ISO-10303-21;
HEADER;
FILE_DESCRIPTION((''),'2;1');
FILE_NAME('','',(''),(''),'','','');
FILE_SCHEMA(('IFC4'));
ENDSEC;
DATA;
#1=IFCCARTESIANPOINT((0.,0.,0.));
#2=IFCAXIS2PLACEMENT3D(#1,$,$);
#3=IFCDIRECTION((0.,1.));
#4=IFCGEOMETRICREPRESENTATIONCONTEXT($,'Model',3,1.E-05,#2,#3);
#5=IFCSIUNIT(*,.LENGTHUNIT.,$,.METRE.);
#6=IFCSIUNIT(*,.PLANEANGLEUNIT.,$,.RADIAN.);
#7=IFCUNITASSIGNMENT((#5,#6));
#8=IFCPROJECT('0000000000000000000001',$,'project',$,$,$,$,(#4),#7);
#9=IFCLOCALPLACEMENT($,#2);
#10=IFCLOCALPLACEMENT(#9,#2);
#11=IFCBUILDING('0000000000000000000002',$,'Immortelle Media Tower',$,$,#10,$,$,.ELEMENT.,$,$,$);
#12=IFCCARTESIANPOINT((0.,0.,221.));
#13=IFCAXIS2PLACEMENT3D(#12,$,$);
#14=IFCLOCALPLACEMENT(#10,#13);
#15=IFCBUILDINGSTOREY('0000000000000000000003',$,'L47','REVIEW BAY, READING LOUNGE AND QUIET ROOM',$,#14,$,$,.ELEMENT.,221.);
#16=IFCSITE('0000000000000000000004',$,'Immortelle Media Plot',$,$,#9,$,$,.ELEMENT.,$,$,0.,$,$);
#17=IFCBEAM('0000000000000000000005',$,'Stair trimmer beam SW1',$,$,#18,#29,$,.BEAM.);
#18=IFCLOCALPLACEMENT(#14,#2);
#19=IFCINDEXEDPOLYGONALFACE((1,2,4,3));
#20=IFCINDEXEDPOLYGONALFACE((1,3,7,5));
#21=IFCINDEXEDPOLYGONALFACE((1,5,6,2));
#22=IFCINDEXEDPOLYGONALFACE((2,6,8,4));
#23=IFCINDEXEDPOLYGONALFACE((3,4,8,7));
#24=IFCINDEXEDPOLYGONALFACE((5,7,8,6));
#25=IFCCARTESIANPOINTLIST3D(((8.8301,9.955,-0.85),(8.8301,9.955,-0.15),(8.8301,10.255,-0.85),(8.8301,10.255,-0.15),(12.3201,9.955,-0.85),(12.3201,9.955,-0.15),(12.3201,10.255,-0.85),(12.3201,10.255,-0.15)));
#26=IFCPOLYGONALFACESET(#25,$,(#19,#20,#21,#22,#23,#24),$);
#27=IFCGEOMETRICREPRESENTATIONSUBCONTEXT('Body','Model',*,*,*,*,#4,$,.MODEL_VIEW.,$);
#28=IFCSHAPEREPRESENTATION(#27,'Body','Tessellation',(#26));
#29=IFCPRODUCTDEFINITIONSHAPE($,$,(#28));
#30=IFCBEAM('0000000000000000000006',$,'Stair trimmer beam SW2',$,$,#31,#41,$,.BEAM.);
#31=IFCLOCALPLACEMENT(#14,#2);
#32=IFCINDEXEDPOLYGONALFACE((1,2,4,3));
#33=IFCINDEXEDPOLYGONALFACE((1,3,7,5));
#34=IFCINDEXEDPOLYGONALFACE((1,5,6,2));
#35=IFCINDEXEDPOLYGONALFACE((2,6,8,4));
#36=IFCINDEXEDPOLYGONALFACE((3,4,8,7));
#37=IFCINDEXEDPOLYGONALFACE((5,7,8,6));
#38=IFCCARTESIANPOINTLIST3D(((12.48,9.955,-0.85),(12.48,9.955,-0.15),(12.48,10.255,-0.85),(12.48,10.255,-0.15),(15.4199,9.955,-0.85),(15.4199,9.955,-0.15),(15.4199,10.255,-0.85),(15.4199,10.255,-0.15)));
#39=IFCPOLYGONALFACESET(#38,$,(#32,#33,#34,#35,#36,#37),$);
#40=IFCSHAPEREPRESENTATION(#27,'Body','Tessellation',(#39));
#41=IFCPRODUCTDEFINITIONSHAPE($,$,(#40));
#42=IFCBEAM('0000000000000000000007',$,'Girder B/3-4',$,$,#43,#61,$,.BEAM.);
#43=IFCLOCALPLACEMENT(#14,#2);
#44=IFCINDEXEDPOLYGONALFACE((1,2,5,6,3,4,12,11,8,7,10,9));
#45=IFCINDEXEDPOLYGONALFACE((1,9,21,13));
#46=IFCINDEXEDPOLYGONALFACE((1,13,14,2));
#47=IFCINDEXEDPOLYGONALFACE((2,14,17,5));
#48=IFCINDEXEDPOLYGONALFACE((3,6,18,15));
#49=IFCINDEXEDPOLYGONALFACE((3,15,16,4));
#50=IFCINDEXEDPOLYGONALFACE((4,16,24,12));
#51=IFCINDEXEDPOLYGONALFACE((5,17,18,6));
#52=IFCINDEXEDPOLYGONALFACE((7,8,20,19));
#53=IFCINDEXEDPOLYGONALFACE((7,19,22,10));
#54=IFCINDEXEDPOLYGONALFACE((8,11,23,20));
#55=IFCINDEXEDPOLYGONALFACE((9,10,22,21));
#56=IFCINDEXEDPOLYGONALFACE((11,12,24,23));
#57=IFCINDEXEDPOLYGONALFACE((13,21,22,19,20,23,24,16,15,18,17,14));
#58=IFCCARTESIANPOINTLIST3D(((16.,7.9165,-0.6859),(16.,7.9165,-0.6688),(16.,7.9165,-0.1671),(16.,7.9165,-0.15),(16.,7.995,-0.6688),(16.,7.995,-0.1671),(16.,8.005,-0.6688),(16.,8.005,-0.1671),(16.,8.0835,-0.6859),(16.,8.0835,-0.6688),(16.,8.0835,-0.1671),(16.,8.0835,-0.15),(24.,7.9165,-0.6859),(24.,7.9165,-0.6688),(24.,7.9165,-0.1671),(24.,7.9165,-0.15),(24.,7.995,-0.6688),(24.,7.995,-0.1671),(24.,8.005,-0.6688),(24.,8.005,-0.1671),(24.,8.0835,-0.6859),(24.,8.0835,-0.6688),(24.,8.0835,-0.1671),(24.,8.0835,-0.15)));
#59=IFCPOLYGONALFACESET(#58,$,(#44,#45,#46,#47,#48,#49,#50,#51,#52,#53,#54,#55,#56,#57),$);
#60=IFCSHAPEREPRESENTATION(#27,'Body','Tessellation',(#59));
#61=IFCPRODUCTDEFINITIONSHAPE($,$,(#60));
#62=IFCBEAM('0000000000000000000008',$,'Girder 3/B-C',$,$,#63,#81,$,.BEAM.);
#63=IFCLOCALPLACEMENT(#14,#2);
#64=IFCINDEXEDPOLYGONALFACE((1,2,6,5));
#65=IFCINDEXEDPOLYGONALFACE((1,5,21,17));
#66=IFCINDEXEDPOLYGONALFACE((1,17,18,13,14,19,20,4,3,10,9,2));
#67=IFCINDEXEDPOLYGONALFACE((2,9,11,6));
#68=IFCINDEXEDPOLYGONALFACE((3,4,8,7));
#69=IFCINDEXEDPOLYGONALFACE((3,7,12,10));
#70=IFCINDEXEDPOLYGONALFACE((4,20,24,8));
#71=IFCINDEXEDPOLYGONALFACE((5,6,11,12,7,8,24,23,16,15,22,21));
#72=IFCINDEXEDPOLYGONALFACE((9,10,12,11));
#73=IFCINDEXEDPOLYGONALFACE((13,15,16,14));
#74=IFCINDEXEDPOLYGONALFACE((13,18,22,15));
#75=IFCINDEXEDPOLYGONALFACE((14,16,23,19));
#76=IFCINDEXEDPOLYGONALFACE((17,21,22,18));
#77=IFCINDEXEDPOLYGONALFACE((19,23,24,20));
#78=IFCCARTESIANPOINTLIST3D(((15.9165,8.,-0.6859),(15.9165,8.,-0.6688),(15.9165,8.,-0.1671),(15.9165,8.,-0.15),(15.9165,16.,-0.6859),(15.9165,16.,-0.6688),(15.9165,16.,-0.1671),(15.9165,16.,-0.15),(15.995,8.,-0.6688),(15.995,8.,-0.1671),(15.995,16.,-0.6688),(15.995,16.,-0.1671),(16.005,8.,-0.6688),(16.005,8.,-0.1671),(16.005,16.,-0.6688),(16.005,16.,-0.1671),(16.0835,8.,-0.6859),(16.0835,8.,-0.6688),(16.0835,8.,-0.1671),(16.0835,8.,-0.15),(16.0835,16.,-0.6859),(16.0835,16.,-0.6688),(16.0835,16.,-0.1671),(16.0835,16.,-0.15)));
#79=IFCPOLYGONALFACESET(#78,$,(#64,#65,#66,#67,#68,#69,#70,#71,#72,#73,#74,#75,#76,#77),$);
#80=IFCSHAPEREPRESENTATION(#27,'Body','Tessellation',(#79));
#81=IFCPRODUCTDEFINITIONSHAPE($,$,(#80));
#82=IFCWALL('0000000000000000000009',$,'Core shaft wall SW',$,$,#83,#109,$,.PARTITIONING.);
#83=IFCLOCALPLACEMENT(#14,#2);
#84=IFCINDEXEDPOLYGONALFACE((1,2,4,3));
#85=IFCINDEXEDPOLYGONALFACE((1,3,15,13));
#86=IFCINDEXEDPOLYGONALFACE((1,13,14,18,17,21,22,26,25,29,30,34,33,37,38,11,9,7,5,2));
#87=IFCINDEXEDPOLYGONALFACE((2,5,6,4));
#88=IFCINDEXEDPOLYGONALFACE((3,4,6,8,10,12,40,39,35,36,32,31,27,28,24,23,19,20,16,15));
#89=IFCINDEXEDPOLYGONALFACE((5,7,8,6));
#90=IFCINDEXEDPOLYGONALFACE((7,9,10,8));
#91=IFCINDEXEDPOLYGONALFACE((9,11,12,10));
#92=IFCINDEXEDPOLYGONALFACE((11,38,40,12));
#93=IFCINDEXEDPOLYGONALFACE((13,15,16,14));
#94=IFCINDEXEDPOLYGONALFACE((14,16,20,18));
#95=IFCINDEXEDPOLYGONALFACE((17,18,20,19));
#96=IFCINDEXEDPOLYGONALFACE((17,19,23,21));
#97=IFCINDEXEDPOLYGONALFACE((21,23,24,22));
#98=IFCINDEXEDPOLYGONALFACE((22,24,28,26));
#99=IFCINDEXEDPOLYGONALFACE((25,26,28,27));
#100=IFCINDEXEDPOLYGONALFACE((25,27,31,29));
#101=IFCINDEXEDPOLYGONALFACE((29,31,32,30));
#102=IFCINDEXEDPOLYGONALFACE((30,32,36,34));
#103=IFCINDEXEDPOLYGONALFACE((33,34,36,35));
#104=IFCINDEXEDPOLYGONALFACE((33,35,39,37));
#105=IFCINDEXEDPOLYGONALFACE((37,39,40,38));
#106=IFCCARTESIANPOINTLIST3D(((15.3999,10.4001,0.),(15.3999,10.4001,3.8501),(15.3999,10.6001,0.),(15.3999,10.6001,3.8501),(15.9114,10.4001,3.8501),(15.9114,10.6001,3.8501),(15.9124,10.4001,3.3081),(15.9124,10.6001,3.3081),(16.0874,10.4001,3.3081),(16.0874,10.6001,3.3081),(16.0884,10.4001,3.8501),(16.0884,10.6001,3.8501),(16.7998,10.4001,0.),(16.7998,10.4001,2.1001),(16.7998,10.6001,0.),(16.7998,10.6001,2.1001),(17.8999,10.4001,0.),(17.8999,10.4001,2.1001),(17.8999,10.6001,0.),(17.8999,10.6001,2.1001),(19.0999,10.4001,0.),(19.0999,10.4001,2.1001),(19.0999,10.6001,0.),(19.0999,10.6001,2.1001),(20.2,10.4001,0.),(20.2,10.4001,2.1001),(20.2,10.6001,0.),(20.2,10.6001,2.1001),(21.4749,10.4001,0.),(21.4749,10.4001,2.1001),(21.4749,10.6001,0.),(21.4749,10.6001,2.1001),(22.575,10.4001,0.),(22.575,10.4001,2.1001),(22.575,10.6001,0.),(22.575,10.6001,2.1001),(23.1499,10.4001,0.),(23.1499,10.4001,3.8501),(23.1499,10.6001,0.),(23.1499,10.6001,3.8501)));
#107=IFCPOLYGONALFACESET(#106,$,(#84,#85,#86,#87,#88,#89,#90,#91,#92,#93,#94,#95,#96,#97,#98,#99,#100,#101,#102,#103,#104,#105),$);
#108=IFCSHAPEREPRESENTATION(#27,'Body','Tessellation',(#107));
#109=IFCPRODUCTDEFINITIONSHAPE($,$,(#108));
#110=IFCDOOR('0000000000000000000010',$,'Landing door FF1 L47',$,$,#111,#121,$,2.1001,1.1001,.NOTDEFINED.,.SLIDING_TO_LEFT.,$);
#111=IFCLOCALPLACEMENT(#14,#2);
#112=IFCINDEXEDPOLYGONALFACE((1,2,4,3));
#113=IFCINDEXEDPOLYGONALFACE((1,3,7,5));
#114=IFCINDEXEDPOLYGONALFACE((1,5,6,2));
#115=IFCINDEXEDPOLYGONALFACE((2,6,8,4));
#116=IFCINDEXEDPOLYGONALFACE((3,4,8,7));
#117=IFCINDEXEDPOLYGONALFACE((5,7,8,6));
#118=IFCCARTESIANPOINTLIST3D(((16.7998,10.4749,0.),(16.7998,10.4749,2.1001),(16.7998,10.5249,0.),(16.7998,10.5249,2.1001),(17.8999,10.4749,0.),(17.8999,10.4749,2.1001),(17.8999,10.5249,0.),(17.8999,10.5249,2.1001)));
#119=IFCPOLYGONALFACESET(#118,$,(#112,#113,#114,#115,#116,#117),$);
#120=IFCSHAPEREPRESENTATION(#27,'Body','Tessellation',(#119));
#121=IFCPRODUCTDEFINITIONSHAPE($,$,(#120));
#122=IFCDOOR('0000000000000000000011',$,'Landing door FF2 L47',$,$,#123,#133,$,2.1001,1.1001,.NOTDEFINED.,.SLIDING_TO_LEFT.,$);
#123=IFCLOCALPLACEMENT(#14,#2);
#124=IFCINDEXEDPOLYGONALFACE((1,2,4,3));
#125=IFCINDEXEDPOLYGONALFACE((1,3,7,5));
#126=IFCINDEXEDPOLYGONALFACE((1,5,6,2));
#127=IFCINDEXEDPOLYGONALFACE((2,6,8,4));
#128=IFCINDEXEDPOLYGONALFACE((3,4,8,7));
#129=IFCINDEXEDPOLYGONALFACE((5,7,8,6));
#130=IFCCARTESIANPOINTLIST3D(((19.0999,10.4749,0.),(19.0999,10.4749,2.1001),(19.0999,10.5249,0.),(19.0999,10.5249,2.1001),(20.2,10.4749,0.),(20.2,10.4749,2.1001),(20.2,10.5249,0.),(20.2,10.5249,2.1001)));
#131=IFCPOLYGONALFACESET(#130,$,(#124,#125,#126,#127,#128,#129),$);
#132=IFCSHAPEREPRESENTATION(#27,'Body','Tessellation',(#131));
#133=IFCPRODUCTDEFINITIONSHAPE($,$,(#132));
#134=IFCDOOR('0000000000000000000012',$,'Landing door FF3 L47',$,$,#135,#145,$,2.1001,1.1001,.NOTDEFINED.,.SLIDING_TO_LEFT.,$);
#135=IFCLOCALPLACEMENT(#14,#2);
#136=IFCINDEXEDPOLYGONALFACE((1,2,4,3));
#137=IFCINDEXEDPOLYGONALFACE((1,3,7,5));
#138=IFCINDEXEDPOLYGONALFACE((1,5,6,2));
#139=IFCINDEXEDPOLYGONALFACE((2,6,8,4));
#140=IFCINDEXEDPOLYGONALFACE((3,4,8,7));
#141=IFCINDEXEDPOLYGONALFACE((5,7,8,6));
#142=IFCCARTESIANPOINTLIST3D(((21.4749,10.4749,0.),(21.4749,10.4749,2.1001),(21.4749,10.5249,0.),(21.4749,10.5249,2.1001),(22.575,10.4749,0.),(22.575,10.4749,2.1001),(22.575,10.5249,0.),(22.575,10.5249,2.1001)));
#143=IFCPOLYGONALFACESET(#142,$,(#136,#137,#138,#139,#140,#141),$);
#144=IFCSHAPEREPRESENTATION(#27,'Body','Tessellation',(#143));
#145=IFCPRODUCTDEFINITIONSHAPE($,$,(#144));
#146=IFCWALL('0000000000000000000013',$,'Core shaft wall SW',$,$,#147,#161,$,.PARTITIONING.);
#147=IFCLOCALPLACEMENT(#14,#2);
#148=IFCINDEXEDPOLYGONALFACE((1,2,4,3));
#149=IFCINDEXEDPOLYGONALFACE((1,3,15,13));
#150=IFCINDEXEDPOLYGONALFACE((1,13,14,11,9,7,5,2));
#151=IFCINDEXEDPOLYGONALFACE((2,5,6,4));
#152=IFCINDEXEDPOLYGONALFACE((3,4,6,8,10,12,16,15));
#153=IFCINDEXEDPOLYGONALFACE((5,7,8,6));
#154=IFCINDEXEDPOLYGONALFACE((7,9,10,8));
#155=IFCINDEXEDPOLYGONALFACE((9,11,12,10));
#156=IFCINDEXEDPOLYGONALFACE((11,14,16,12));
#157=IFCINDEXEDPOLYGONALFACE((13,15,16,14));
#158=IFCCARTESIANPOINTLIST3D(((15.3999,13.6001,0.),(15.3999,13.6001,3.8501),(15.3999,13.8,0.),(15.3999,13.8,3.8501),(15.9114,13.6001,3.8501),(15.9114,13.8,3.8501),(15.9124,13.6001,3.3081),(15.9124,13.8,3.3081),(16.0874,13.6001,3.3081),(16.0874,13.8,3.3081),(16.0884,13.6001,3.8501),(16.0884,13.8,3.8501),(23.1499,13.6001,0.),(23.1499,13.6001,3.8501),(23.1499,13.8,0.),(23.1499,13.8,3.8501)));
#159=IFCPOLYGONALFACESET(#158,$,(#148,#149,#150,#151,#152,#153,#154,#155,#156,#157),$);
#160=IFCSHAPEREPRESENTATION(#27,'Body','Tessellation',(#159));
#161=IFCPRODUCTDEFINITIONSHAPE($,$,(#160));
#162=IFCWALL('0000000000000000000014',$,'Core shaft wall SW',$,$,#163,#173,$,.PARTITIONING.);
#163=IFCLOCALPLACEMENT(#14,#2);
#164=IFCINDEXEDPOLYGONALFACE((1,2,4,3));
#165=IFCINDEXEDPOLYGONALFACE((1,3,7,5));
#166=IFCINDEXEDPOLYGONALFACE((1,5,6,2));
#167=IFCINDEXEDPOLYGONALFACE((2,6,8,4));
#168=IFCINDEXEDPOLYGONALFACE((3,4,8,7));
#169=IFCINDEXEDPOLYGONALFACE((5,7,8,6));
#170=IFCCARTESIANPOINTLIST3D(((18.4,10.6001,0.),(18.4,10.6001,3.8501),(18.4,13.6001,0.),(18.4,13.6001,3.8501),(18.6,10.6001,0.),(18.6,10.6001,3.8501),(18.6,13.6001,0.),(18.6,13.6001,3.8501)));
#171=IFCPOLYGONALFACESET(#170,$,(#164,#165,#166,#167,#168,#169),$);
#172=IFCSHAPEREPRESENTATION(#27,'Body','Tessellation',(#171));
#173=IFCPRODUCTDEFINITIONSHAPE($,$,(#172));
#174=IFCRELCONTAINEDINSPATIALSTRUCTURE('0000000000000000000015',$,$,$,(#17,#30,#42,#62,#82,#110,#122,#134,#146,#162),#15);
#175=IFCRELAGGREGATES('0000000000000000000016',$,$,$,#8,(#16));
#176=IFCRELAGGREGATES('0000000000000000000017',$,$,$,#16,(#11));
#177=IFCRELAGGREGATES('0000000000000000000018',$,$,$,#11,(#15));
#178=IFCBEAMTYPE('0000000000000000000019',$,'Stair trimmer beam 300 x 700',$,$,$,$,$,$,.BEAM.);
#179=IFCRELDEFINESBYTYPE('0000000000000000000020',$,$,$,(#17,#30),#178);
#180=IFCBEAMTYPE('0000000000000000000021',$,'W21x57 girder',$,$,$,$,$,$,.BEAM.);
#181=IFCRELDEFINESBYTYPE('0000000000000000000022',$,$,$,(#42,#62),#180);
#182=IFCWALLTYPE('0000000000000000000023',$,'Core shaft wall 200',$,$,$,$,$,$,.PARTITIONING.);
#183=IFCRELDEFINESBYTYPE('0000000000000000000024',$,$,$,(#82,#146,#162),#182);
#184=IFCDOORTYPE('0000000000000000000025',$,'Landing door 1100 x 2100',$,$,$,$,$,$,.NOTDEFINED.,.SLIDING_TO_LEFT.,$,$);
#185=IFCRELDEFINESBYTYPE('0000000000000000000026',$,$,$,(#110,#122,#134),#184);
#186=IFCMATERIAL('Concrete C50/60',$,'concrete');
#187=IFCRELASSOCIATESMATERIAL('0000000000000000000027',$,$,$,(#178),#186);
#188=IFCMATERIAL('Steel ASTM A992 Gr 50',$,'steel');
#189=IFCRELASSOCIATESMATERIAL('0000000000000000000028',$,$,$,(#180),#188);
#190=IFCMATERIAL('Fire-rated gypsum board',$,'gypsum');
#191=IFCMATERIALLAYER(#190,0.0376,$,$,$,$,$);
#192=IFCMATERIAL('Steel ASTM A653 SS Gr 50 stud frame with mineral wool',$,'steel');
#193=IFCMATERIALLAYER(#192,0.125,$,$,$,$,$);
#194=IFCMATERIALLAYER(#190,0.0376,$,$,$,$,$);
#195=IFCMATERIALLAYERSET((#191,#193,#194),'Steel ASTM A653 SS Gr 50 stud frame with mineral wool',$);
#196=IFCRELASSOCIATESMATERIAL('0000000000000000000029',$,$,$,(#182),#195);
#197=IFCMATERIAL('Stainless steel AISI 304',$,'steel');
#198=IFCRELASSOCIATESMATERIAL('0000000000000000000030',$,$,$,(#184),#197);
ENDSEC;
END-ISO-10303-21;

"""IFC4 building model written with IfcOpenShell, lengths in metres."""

from ifc_helpers import new_model, si_unit, direction, frame, frame_2d, origin, origin_2d, place, context, subcontext, project, spatial, polyline, rectangle, i_section, outline, extrude, material, layer, layer_set, material_profile, profile_set, type_object, element, fill, save


model = new_model("IFC4")

# Units and contexts
model_context = context("Model", 3, precision=1e-05, world=origin(), true_north=direction((0.0, 1.0)))
body_context = subcontext(model_context, "Body", "Model", "MODEL_VIEW")
ifc_project = project(units=[si_unit("LENGTHUNIT", "METRE"), si_unit("PLANEANGLEUNIT", "RADIAN")], contexts=[model_context])

# Site, building, storey
site_placement = place(None, origin())
site = spatial("IfcSite", under=ifc_project, at=site_placement, Name="Immortelle Media Plot", CompositionType="ELEMENT", RefElevation=0.0)
building_placement = place(site_placement, origin())
building = spatial("IfcBuilding", under=site, at=building_placement, Name="Immortelle Media Tower", CompositionType="ELEMENT")
storey_placement = place(building_placement, frame((0.0, 0.0, 221.0)))
storey = spatial("IfcBuildingStorey", under=building, at=storey_placement, Name="L47", Description="REVIEW BAY, READING LOUNGE AND QUIET ROOM", CompositionType="ELEMENT", Elevation=221.0)

# Beams
ifc_material_1 = material(Name="Concrete C50/60", Category="concrete")
ifc_material_profile_1 = material_profile(ifc_material_1, rectangle(XDim=0.3, YDim=0.7, at=origin_2d()), Name="RC 300x700")
ifc_profile_set_1 = profile_set([ifc_material_profile_1], Name="Concrete C50/60")
beam_type_1 = type_object("IfcBeamType", Name="Stair trimmer beam 300 x 700", PredefinedType="BEAM", material=ifc_profile_set_1)
beam_1_placement = place(storey_placement, frame((8.8301, 10.105, -0.5), z_axis=(1.0, 0.0, 0.0), x_axis=(0.0, 1.0, 0.0)))
element("IfcBeam", 1, at=beam_1_placement, inside=storey, type_object=beam_type_1, Name="Stair trimmer beam SW1", PredefinedType="BEAM", context=body_context, shape_type="SweptSolid", body=[
    extrude(rectangle(XDim=0.3, YDim=0.7, at=origin_2d()), origin(), (0.0, 0.0, 1.0), 3.49),
])
beam_2_placement = place(storey_placement, frame((12.48, 10.105, -0.5), z_axis=(1.0, 0.0, 0.0), x_axis=(0.0, 1.0, 0.0)))
element("IfcBeam", 2, at=beam_2_placement, inside=storey, type_object=beam_type_1, Name="Stair trimmer beam SW2", PredefinedType="BEAM", context=body_context, shape_type="SweptSolid", body=[
    extrude(rectangle(XDim=0.3, YDim=0.7, at=origin_2d()), origin(), (0.0, 0.0, 1.0), 2.9399),
])
ifc_material_2 = material(Name="Steel ASTM A992 Gr 50", Category="steel")
ifc_material_profile_2 = material_profile(ifc_material_2, i_section(OverallWidth=0.167, OverallDepth=0.5359, WebThickness=0.01, FlangeThickness=0.0171, at=origin_2d()), Name="W21x57")
ifc_profile_set_2 = profile_set([ifc_material_profile_2], Name="Steel ASTM A992 Gr 50")
beam_type_2 = type_object("IfcBeamType", Name="W21x57 girder", PredefinedType="BEAM", material=ifc_profile_set_2)
for number, where, z_axis, x_axis, name in (
    (3, (16.0, 8.0, -0.418), (1.0, 0.0, 0.0), (0.0, 1.0, 0.0), "Girder B/3-4"),
    (4, (16.0, 8.0, -0.418), (0.0, 1.0, 0.0), (-1.0, 0.0, 0.0), "Girder 3/B-C"),
):
    element("IfcBeam", number, at=place(storey_placement, frame(where, z_axis=z_axis, x_axis=x_axis)), inside=storey, type_object=beam_type_2, Name=name, PredefinedType="BEAM", context=body_context, shape_type="SweptSolid", body=[
        extrude(i_section(OverallWidth=0.167, OverallDepth=0.5359, WebThickness=0.01, FlangeThickness=0.0171, at=origin_2d()), origin(), (0.0, 0.0, 1.0), 8.0),
    ])

# Wall, openings, doors
ifc_material_3 = material(Name="Fire-rated gypsum board", Category="gypsum")
ifc_layer_1 = layer(ifc_material_3, 0.0376)
ifc_material_4 = material(Name="Steel ASTM A653 SS Gr 50 stud frame with mineral wool", Category="steel")
ifc_layer_2 = layer(ifc_material_4, 0.125)
ifc_layer_3 = layer(ifc_material_3, 0.0376)
ifc_layer_set_1 = layer_set([ifc_layer_1, ifc_layer_2, ifc_layer_3], Name="Steel ASTM A653 SS Gr 50 stud frame with mineral wool")
wall_type_1 = type_object("IfcWallType", Name="Core shaft wall 200", PredefinedType="PARTITIONING", material=ifc_layer_set_1)
wall_1_placement = place(storey_placement, frame((15.3999, 10.5, 0.0), z_axis=(0.0, 0.0, 1.0), x_axis=(1.0, 0.0, 0.0)))
wall_1 = element("IfcWall", 5, at=wall_1_placement, inside=storey, type_object=wall_type_1, Name="Core shaft wall SW", PredefinedType="PARTITIONING", context=body_context, shape_type="SweptSolid", body=[
    extrude(outline(polyline([(0.0, 0.0), (7.75, 0.0), (7.75, 3.8501), (0.6885, 3.8501), (0.6875, 3.3081), (0.5125, 3.3081), (0.5115, 3.8501), (0.0, 3.8501), (0.0, 0.0)])), frame((0.0, 0.1001, 0.0), z_axis=(0.0, -1.0, 0.0), x_axis=(1.0, 0.0, 0.0)), (0.0, 0.0, 1.0), 0.2),
])
opening_1_placement = place(wall_1_placement, frame((1.3999, 0.0, 0.0)))
opening_1 = element("IfcOpeningElement", 6, at=opening_1_placement, cuts=wall_1, PredefinedType="OPENING", context=body_context, shape_type="SweptSolid", body=[
    extrude(rectangle(XDim=1.1001, YDim=2.1001, at=frame_2d((0.55, 1.05))), frame((0.0, 0.1099, 0.0), z_axis=(0.0, -1.0, 0.0), x_axis=(1.0, 0.0, 0.0)), (0.0, 0.0, 1.0), 0.22),
])
opening_2_placement = place(wall_1_placement, frame((3.7, 0.0, 0.0)))
opening_2 = element("IfcOpeningElement", 7, at=opening_2_placement, cuts=wall_1, PredefinedType="OPENING", context=body_context, shape_type="SweptSolid", body=[
    extrude(rectangle(XDim=1.1001, YDim=2.1001, at=frame_2d((0.55, 1.05))), frame((0.0, 0.1099, 0.0), z_axis=(0.0, -1.0, 0.0), x_axis=(1.0, 0.0, 0.0)), (0.0, 0.0, 1.0), 0.22),
])
opening_3_placement = place(wall_1_placement, frame((6.075, 0.0, 0.0)))
opening_3 = element("IfcOpeningElement", 8, at=opening_3_placement, cuts=wall_1, PredefinedType="OPENING", context=body_context, shape_type="SweptSolid", body=[
    extrude(rectangle(XDim=1.1001, YDim=2.1001, at=frame_2d((0.55, 1.05))), frame((0.0, 0.1099, 0.0), z_axis=(0.0, -1.0, 0.0), x_axis=(1.0, 0.0, 0.0)), (0.0, 0.0, 1.0), 0.22),
])
ifc_material_5 = material(Name="Stainless steel AISI 304", Category="steel")
door_type_1 = type_object("IfcDoorType", Name="Landing door 1100 x 2100", OperationType="SLIDING_TO_LEFT", PredefinedType="NOTDEFINED", material=ifc_material_5)
door_1_placement = place(opening_1_placement, origin())
door_1 = element("IfcDoor", 9, at=door_1_placement, inside=storey, type_object=door_type_1, Name="Landing door FF1 L47", OperationType="SLIDING_TO_LEFT", OverallHeight=2.1001, OverallWidth=1.1001, PredefinedType="NOTDEFINED", context=body_context, shape_type="SweptSolid", body=[
    extrude(rectangle(XDim=1.1001, YDim=2.1001, at=frame_2d((0.55, 1.05))), frame((0.0, 0.0249, 0.0), z_axis=(0.0, -1.0, 0.0), x_axis=(1.0, 0.0, 0.0)), (0.0, 0.0, 1.0), 0.05),
])
fill(opening_1, door_1)
door_2_placement = place(opening_2_placement, origin())
door_2 = element("IfcDoor", 10, at=door_2_placement, inside=storey, type_object=door_type_1, Name="Landing door FF2 L47", OperationType="SLIDING_TO_LEFT", OverallHeight=2.1001, OverallWidth=1.1001, PredefinedType="NOTDEFINED", context=body_context, shape_type="SweptSolid", body=[
    extrude(rectangle(XDim=1.1001, YDim=2.1001, at=frame_2d((0.55, 1.05))), frame((0.0, 0.0249, 0.0), z_axis=(0.0, -1.0, 0.0), x_axis=(1.0, 0.0, 0.0)), (0.0, 0.0, 1.0), 0.05),
])
fill(opening_2, door_2)
door_3_placement = place(opening_3_placement, origin())
door_3 = element("IfcDoor", 11, at=door_3_placement, inside=storey, type_object=door_type_1, Name="Landing door FF3 L47", OperationType="SLIDING_TO_LEFT", OverallHeight=2.1001, OverallWidth=1.1001, PredefinedType="NOTDEFINED", context=body_context, shape_type="SweptSolid", body=[
    extrude(rectangle(XDim=1.1001, YDim=2.1001, at=frame_2d((0.55, 1.05))), frame((0.0, 0.0249, 0.0), z_axis=(0.0, -1.0, 0.0), x_axis=(1.0, 0.0, 0.0)), (0.0, 0.0, 1.0), 0.05),
])
fill(opening_3, door_3)

# Walls
wall_2_placement = place(storey_placement, frame((15.3999, 13.7, 0.0), z_axis=(0.0, 0.0, 1.0), x_axis=(1.0, 0.0, 0.0)))
element("IfcWall", 12, at=wall_2_placement, inside=storey, type_object=wall_type_1, Name="Core shaft wall SW", PredefinedType="PARTITIONING", context=body_context, shape_type="SweptSolid", body=[
    extrude(outline(polyline([(0.0, 0.0), (7.75, 0.0), (7.75, 3.8501), (0.6885, 3.8501), (0.6875, 3.3081), (0.5125, 3.3081), (0.5115, 3.8501), (0.0, 3.8501), (0.0, 0.0)])), frame((0.0, 0.1001, 0.0), z_axis=(0.0, -1.0, 0.0), x_axis=(1.0, 0.0, 0.0)), (0.0, 0.0, 1.0), 0.2),
])
wall_3_placement = place(storey_placement, frame((18.5, 10.6001, 0.0), z_axis=(0.0, 0.0, 1.0), x_axis=(0.0, 1.0, 0.0)))
element("IfcWall", 13, at=wall_3_placement, inside=storey, type_object=wall_type_1, Name="Core shaft wall SW", PredefinedType="PARTITIONING", context=body_context, shape_type="SweptSolid", body=[
    extrude(rectangle(XDim=3.0, YDim=0.2, at=frame_2d((1.5, 0.0))), origin(), (0.0, 0.0, 1.0), 3.8501),
])

save(model, "model.ifc")
